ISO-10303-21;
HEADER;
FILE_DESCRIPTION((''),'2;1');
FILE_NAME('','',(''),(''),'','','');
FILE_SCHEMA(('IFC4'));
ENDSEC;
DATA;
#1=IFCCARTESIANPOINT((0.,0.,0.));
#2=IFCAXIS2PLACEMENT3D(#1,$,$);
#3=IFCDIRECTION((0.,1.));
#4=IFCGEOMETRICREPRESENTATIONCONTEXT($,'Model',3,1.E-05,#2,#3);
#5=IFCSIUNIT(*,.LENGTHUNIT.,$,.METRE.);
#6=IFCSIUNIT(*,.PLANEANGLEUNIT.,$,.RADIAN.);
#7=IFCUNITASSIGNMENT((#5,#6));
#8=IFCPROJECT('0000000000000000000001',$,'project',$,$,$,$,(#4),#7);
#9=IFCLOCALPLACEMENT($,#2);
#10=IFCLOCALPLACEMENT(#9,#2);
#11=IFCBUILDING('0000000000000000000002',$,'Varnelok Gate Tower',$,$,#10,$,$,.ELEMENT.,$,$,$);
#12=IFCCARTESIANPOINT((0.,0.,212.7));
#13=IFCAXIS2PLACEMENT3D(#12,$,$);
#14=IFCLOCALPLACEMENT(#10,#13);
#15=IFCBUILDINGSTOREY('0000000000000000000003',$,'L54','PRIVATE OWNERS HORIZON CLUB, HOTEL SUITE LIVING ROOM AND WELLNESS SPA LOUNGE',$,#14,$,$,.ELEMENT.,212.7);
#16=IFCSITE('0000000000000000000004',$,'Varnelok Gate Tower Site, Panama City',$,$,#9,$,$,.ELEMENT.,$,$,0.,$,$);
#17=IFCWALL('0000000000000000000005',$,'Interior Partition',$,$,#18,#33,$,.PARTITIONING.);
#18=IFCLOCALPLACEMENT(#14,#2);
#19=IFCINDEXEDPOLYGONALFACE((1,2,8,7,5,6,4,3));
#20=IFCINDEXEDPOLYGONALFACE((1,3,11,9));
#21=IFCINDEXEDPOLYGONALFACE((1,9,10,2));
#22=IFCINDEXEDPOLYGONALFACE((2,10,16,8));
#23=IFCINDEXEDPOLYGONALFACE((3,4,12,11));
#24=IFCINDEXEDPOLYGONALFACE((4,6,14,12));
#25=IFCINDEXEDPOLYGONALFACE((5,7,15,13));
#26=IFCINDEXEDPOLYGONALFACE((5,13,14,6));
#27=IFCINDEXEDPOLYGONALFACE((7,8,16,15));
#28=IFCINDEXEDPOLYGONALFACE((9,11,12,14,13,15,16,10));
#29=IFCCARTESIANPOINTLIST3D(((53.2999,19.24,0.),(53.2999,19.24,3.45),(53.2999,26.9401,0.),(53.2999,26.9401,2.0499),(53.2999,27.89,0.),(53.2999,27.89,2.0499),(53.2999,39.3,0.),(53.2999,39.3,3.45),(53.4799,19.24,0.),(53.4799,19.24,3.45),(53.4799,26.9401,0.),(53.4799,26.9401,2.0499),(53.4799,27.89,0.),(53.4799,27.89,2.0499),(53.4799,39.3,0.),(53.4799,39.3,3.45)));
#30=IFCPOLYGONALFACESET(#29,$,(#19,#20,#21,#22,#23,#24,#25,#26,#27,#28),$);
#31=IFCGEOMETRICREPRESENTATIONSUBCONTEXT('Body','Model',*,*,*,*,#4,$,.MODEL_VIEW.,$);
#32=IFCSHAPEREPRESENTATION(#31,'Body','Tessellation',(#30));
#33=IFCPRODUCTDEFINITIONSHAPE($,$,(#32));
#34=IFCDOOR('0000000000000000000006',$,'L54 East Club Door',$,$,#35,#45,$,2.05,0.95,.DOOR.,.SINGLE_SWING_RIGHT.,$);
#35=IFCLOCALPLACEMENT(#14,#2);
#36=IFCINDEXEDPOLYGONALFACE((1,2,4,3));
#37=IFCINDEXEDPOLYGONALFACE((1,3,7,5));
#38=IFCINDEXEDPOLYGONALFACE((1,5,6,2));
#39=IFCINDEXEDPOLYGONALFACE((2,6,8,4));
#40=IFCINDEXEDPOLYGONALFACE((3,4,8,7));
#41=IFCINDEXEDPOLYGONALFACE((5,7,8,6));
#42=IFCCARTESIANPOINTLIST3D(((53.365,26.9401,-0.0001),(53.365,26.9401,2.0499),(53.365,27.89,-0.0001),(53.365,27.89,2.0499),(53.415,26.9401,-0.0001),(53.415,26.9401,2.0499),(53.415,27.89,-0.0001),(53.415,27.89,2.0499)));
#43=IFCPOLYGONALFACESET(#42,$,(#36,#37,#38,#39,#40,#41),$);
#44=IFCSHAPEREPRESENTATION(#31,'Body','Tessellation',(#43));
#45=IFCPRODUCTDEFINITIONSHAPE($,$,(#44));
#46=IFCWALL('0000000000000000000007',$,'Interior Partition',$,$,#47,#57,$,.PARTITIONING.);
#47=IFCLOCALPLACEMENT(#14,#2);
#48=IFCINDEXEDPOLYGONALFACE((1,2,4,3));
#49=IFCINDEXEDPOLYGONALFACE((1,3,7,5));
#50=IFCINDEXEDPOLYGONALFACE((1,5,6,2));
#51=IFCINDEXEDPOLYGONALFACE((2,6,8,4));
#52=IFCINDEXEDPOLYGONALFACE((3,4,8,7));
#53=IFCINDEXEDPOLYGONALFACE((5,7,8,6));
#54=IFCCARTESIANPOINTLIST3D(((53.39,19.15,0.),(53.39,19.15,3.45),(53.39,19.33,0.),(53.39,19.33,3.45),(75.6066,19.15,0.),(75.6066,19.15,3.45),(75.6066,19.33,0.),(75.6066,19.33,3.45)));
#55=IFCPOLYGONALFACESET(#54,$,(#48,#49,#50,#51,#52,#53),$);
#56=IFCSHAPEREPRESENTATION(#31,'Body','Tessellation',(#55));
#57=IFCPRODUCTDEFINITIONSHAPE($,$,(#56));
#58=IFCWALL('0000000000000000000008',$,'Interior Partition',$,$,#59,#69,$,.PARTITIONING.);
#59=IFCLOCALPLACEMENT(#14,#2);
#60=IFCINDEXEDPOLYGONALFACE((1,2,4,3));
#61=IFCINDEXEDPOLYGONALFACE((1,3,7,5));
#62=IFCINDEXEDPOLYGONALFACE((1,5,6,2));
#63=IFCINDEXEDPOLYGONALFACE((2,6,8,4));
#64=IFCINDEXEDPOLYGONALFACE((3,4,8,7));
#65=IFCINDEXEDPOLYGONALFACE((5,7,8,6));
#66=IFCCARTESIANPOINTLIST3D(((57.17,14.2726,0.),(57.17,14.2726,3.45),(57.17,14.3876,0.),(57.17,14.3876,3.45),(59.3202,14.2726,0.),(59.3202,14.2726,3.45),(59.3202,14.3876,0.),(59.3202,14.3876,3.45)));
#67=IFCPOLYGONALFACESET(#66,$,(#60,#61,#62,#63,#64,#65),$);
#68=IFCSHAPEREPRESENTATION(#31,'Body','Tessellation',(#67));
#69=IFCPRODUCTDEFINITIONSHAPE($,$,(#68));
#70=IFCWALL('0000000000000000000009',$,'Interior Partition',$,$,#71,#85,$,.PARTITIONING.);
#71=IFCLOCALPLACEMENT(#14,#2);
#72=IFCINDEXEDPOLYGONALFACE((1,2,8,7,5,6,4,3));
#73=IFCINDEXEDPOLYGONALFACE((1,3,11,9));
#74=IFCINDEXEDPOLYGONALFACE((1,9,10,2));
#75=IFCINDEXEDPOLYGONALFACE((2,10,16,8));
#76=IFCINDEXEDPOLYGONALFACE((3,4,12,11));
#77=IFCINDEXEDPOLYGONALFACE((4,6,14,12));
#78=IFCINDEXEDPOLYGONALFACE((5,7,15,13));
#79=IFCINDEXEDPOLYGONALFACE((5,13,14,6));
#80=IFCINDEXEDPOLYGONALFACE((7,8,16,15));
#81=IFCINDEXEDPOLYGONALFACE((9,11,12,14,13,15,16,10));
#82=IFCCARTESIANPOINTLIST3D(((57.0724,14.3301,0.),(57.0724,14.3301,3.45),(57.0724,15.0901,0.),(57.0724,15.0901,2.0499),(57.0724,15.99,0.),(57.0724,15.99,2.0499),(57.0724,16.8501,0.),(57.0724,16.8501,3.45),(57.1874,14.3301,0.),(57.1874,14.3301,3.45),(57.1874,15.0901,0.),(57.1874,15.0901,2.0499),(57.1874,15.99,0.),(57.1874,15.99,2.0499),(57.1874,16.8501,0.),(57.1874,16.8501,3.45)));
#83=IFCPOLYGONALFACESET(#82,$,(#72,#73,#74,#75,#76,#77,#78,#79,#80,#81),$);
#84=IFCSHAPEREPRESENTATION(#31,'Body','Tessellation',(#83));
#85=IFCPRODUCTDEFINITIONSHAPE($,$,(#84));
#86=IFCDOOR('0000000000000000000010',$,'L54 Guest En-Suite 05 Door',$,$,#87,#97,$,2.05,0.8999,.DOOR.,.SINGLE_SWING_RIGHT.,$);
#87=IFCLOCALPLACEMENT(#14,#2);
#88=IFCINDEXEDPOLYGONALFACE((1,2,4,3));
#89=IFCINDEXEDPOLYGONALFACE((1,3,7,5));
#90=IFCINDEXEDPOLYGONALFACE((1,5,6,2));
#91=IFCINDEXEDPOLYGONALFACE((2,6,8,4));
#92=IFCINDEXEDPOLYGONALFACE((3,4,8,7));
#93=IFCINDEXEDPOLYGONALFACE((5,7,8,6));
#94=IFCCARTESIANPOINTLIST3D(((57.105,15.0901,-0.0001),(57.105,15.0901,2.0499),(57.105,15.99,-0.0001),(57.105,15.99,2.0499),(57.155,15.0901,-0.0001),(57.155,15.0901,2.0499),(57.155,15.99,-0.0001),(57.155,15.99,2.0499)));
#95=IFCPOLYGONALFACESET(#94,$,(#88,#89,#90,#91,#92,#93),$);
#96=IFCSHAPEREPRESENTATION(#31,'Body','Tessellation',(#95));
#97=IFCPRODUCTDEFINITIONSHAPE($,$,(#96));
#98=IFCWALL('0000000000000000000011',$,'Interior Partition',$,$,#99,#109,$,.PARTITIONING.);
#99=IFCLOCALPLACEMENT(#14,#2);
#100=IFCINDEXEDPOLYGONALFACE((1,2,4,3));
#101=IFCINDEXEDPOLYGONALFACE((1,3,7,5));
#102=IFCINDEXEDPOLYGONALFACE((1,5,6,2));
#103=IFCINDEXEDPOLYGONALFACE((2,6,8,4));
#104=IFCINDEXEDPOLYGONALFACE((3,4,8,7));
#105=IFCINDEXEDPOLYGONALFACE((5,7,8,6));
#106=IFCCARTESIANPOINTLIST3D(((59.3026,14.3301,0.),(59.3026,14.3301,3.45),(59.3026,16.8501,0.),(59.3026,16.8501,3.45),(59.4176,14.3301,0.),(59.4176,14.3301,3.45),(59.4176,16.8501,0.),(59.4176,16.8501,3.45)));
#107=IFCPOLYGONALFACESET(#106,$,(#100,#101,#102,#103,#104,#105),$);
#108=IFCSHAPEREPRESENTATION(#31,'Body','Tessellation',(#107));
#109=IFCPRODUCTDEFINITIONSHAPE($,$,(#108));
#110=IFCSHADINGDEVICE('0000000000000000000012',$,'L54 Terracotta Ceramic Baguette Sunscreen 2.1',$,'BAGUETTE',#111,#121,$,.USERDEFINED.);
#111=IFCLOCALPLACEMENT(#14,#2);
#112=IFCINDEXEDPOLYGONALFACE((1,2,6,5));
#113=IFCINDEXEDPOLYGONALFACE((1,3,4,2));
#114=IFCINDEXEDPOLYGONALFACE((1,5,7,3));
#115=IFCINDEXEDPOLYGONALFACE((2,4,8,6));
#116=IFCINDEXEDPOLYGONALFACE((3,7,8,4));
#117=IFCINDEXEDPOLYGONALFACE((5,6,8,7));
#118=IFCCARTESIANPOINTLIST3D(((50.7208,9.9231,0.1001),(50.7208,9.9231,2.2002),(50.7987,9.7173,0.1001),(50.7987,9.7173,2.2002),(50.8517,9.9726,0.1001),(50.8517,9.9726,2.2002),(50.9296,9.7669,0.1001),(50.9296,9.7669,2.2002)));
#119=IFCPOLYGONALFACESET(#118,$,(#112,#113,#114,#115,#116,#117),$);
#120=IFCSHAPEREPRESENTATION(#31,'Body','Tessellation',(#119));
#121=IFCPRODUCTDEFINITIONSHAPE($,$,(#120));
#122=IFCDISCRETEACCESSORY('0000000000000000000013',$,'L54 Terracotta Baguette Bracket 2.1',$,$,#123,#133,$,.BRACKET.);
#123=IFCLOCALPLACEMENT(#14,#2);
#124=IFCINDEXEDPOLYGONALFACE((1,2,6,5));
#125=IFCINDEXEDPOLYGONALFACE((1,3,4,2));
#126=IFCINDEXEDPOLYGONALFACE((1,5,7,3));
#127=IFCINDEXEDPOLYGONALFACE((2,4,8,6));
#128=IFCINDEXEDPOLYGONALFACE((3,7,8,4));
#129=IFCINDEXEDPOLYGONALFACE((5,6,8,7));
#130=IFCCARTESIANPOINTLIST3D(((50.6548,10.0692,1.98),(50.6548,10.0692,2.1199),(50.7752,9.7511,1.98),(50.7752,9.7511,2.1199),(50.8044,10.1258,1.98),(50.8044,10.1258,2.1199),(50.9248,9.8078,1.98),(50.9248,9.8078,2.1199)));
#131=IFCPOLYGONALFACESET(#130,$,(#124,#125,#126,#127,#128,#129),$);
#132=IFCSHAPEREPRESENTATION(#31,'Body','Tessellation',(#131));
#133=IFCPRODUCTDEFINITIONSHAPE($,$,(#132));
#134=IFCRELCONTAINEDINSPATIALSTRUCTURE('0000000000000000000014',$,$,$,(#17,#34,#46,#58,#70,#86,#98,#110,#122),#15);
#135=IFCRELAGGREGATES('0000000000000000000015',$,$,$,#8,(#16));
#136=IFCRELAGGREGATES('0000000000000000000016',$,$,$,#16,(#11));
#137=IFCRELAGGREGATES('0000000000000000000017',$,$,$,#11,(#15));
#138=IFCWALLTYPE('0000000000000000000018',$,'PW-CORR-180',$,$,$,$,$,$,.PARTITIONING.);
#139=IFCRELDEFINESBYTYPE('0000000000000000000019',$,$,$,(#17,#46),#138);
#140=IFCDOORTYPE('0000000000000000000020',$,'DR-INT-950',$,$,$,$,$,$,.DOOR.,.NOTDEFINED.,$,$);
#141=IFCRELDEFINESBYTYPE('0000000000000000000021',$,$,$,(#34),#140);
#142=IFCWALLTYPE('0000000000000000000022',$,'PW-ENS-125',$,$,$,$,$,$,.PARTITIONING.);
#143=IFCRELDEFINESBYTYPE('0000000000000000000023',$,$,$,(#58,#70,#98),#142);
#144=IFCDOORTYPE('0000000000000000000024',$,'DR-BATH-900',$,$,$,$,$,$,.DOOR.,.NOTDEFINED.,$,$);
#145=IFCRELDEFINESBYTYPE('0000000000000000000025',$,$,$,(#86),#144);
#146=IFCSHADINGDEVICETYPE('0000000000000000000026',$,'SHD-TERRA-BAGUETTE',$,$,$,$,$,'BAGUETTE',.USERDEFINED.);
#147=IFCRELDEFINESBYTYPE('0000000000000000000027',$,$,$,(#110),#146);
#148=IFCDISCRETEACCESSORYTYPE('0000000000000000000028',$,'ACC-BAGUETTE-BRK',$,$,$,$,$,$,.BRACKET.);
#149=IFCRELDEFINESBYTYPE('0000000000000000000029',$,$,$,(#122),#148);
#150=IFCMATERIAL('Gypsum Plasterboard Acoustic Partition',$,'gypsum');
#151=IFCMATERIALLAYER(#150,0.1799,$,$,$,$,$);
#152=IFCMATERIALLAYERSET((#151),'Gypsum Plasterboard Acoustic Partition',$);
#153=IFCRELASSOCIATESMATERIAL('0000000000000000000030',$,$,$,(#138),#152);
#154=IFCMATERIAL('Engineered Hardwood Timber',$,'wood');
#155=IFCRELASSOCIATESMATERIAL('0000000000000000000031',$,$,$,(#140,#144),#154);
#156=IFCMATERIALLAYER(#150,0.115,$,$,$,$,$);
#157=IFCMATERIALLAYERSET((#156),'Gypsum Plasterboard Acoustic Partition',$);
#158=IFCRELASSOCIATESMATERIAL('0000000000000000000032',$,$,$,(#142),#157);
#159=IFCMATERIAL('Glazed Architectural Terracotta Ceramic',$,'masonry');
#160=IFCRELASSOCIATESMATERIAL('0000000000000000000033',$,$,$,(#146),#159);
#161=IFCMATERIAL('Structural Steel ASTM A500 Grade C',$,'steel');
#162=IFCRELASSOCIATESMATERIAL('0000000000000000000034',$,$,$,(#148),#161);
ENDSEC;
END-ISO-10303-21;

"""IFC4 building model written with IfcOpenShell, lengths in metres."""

from ifc_helpers import new_model, si_unit, direction, frame, frame_2d, origin, origin_2d, place, context, subcontext, project, spatial, rectangle, extrude, source, transform, mapped, material, layer, layer_set, type_object, element, fill, save


model = new_model("IFC4")

# Units and contexts
model_context = context("Model", 3, precision=1e-05, world=origin(), true_north=direction((0.0, 1.0)))
body_context = subcontext(model_context, "Body", "Model", "MODEL_VIEW")
ifc_project = project(units=[si_unit("LENGTHUNIT", "METRE"), si_unit("PLANEANGLEUNIT", "RADIAN")], contexts=[model_context])

# Site, building, storey
site_placement = place(None, origin())
site = spatial("IfcSite", under=ifc_project, at=site_placement, Name="Varnelok Gate Tower Site, Panama City", CompositionType="ELEMENT", RefElevation=0.0)
building_placement = place(site_placement, origin())
building = spatial("IfcBuilding", under=site, at=building_placement, Name="Varnelok Gate Tower", CompositionType="ELEMENT")
storey_placement = place(building_placement, frame((0.0, 0.0, 212.7)))
storey = spatial("IfcBuildingStorey", under=building, at=storey_placement, Name="L54", Description="PRIVATE OWNERS HORIZON CLUB, HOTEL SUITE LIVING ROOM AND WELLNESS SPA LOUNGE", CompositionType="ELEMENT", Elevation=212.7)

# Wall, opening, door
ifc_material_1 = material(Name="Gypsum Plasterboard Acoustic Partition", Category="gypsum")
ifc_layer_1 = layer(ifc_material_1, 0.1799)
ifc_layer_set_1 = layer_set([ifc_layer_1], Name="Gypsum Plasterboard Acoustic Partition")
wall_type_1 = type_object("IfcWallType", Name="PW-CORR-180", PredefinedType="PARTITIONING", material=ifc_layer_set_1)
wall_1_placement = place(storey_placement, frame((53.3899, 19.24, 0.0), z_axis=(0.0, 0.0, 1.0), x_axis=(0.0, 1.0, 0.0)))
wall_1 = element("IfcWall", 1, at=wall_1_placement, inside=storey, type_object=wall_type_1, Name="Interior Partition", PredefinedType="PARTITIONING", context=body_context, shape_type="SweptSolid", body=[
    extrude(rectangle(XDim=20.0601, YDim=0.1799, at=frame_2d((10.03, 0.0))), origin(), (0.0, 0.0, 1.0), 3.45),
])
opening_1_placement = place(wall_1_placement, frame((7.7, 0.0, 0.0)))
opening_1 = element("IfcOpeningElement", 2, at=opening_1_placement, cuts=wall_1, PredefinedType="OPENING", context=body_context, shape_type="SweptSolid", body=[
    extrude(rectangle(XDim=0.95, YDim=2.05, at=frame_2d((0.4751, 1.0249))), frame((0.0, 0.0999, 0.0), z_axis=(0.0, -1.0, 0.0), x_axis=(1.0, 0.0, 0.0)), (0.0, 0.0, 1.0), 0.2),
])
ifc_material_2 = material(Name="Engineered Hardwood Timber", Category="wood")
door_type_1 = type_object("IfcDoorType", Name="DR-INT-950", OperationType="NOTDEFINED", PredefinedType="DOOR", material=ifc_material_2)
door_1_placement = place(opening_1_placement, origin())
door_1 = element("IfcDoor", 3, at=door_1_placement, inside=storey, type_object=door_type_1, Name="L54 East Club Door", OperationType="SINGLE_SWING_RIGHT", OverallHeight=2.05, OverallWidth=0.95, PredefinedType="DOOR", context=body_context, shape_type="SweptSolid", body=[
    extrude(rectangle(XDim=0.95, YDim=2.05, at=frame_2d((0.4751, 1.0249))), frame((0.0, 0.0249, 0.0), z_axis=(0.0, -1.0, 0.0), x_axis=(1.0, 0.0, 0.0)), (0.0, 0.0, 1.0), 0.05),
])
fill(opening_1, door_1)

# Walls
wall_2_placement = place(storey_placement, frame((53.3899, 19.24, 0.0), z_axis=(0.0, 0.0, 1.0), x_axis=(1.0, 0.0, 0.0)))
element("IfcWall", 4, at=wall_2_placement, inside=storey, type_object=wall_type_1, Name="Interior Partition", PredefinedType="PARTITIONING", context=body_context, shape_type="SweptSolid", body=[
    extrude(rectangle(XDim=22.2166, YDim=0.1799, at=frame_2d((11.1084, 0.0))), origin(), (0.0, 0.0, 1.0), 3.45),
])
ifc_layer_2 = layer(ifc_material_1, 0.115)
ifc_layer_set_2 = layer_set([ifc_layer_2], Name="Gypsum Plasterboard Acoustic Partition")
wall_type_2 = type_object("IfcWallType", Name="PW-ENS-125", PredefinedType="PARTITIONING", material=ifc_layer_set_2)
wall_3_placement = place(storey_placement, frame((57.1699, 14.3301, 0.0), z_axis=(0.0, 0.0, 1.0), x_axis=(1.0, 0.0, 0.0)))
element("IfcWall", 5, at=wall_3_placement, inside=storey, type_object=wall_type_2, Name="Interior Partition", PredefinedType="PARTITIONING", context=body_context, shape_type="SweptSolid", body=[
    extrude(rectangle(XDim=2.1501, YDim=0.115, at=frame_2d((1.0752, 0.0))), origin(), (0.0, 0.0, 1.0), 3.45),
])

# Wall, opening, door
wall_4_placement = place(storey_placement, frame((57.1299, 14.3301, 0.0), z_axis=(0.0, 0.0, 1.0), x_axis=(0.0, 1.0, 0.0)))
wall_4 = element("IfcWall", 6, at=wall_4_placement, inside=storey, type_object=wall_type_2, Name="Interior Partition", PredefinedType="PARTITIONING", context=body_context, shape_type="SweptSolid", body=[
    extrude(rectangle(XDim=2.52, YDim=0.115, at=frame_2d((1.26, 0.0))), origin(), (0.0, 0.0, 1.0), 3.45),
])
opening_2_placement = place(wall_4_placement, frame((0.76, 0.0, 0.0)))
opening_2 = element("IfcOpeningElement", 7, at=opening_2_placement, cuts=wall_4, PredefinedType="OPENING", context=body_context, shape_type="SweptSolid", body=[
    extrude(rectangle(XDim=0.8999, YDim=2.05, at=frame_2d((0.45, 1.0249))), frame((0.0, 0.0674, 0.0), z_axis=(0.0, -1.0, 0.0), x_axis=(1.0, 0.0, 0.0)), (0.0, 0.0, 1.0), 0.135),
])
door_type_2 = type_object("IfcDoorType", Name="DR-BATH-900", OperationType="NOTDEFINED", PredefinedType="DOOR", material=ifc_material_2)
door_2_placement = place(opening_2_placement, origin())
door_2 = element("IfcDoor", 8, at=door_2_placement, inside=storey, type_object=door_type_2, Name="L54 Guest En-Suite 05 Door", OperationType="SINGLE_SWING_RIGHT", OverallHeight=2.05, OverallWidth=0.8999, PredefinedType="DOOR", context=body_context, shape_type="SweptSolid", body=[
    extrude(rectangle(XDim=0.8999, YDim=2.05, at=frame_2d((0.45, 1.0249))), frame((0.0, 0.0249, 0.0), z_axis=(0.0, -1.0, 0.0), x_axis=(1.0, 0.0, 0.0)), (0.0, 0.0, 1.0), 0.05),
])
fill(opening_2, door_2)

# Wall
wall_5_placement = place(storey_placement, frame((59.3601, 14.3301, 0.0), z_axis=(0.0, 0.0, 1.0), x_axis=(0.0, 1.0, 0.0)))
element("IfcWall", 9, at=wall_5_placement, inside=storey, type_object=wall_type_2, Name="Interior Partition", PredefinedType="PARTITIONING", context=body_context, shape_type="SweptSolid", body=[
    extrude(rectangle(XDim=2.52, YDim=0.115, at=frame_2d((1.26, 0.0))), origin(), (0.0, 0.0, 1.0), 3.45),
])

# Shading device
ifc_material_3 = material(Name="Glazed Architectural Terracotta Ceramic", Category="masonry")
shading_device_type = type_object("IfcShadingDeviceType", Name="SHD-TERRA-BAGUETTE", ElementType="BAGUETTE", PredefinedType="USERDEFINED", material=ifc_material_3)
shared_shape_1 = source(origin(), body_context, "Body", "SweptSolid", [
    extrude(rectangle(XDim=0.1399, YDim=0.22, at=origin_2d()), origin(), (0.0, 0.0, 1.0), 2.1001),
])
shading_device_placement = place(storey_placement, frame((50.8252, 9.845, 0.1001), z_axis=(0.0, 0.0, 1.0), x_axis=(0.935222, 0.354063, 0.0)))
element("IfcShadingDevice", 10, at=shading_device_placement, inside=storey, type_object=shading_device_type, Name="L54 Terracotta Ceramic Baguette Sunscreen 2.1", ObjectType="BAGUETTE", PredefinedType="USERDEFINED", context=body_context, shape_type="MappedRepresentation", body=[
    mapped(shared_shape_1, transform((0.0, 0.0, 0.0), scale=1.0)),
])

# Discrete accessory
ifc_material_4 = material(Name="Structural Steel ASTM A500 Grade C", Category="steel")
discrete_accessory_type = type_object("IfcDiscreteAccessoryType", Name="ACC-BAGUETTE-BRK", PredefinedType="BRACKET", material=ifc_material_4)
shared_shape_2 = source(origin(), body_context, "Body", "SweptSolid", [
    extrude(rectangle(XDim=0.1599, YDim=0.3401, at=origin_2d()), origin(), (0.0, 0.0, 1.0), 0.1399),
])
discrete_accessory_placement = place(storey_placement, frame((50.7898, 9.9385, 1.98), z_axis=(0.0, 0.0, 1.0), x_axis=(0.935222, 0.354063, 0.0)))
element("IfcDiscreteAccessory", 11, at=discrete_accessory_placement, inside=storey, type_object=discrete_accessory_type, Name="L54 Terracotta Baguette Bracket 2.1", PredefinedType="BRACKET", context=body_context, shape_type="MappedRepresentation", body=[
    mapped(shared_shape_2, transform((0.0, 0.0, 0.0), scale=1.0)),
])

save(model, "model.ifc")
